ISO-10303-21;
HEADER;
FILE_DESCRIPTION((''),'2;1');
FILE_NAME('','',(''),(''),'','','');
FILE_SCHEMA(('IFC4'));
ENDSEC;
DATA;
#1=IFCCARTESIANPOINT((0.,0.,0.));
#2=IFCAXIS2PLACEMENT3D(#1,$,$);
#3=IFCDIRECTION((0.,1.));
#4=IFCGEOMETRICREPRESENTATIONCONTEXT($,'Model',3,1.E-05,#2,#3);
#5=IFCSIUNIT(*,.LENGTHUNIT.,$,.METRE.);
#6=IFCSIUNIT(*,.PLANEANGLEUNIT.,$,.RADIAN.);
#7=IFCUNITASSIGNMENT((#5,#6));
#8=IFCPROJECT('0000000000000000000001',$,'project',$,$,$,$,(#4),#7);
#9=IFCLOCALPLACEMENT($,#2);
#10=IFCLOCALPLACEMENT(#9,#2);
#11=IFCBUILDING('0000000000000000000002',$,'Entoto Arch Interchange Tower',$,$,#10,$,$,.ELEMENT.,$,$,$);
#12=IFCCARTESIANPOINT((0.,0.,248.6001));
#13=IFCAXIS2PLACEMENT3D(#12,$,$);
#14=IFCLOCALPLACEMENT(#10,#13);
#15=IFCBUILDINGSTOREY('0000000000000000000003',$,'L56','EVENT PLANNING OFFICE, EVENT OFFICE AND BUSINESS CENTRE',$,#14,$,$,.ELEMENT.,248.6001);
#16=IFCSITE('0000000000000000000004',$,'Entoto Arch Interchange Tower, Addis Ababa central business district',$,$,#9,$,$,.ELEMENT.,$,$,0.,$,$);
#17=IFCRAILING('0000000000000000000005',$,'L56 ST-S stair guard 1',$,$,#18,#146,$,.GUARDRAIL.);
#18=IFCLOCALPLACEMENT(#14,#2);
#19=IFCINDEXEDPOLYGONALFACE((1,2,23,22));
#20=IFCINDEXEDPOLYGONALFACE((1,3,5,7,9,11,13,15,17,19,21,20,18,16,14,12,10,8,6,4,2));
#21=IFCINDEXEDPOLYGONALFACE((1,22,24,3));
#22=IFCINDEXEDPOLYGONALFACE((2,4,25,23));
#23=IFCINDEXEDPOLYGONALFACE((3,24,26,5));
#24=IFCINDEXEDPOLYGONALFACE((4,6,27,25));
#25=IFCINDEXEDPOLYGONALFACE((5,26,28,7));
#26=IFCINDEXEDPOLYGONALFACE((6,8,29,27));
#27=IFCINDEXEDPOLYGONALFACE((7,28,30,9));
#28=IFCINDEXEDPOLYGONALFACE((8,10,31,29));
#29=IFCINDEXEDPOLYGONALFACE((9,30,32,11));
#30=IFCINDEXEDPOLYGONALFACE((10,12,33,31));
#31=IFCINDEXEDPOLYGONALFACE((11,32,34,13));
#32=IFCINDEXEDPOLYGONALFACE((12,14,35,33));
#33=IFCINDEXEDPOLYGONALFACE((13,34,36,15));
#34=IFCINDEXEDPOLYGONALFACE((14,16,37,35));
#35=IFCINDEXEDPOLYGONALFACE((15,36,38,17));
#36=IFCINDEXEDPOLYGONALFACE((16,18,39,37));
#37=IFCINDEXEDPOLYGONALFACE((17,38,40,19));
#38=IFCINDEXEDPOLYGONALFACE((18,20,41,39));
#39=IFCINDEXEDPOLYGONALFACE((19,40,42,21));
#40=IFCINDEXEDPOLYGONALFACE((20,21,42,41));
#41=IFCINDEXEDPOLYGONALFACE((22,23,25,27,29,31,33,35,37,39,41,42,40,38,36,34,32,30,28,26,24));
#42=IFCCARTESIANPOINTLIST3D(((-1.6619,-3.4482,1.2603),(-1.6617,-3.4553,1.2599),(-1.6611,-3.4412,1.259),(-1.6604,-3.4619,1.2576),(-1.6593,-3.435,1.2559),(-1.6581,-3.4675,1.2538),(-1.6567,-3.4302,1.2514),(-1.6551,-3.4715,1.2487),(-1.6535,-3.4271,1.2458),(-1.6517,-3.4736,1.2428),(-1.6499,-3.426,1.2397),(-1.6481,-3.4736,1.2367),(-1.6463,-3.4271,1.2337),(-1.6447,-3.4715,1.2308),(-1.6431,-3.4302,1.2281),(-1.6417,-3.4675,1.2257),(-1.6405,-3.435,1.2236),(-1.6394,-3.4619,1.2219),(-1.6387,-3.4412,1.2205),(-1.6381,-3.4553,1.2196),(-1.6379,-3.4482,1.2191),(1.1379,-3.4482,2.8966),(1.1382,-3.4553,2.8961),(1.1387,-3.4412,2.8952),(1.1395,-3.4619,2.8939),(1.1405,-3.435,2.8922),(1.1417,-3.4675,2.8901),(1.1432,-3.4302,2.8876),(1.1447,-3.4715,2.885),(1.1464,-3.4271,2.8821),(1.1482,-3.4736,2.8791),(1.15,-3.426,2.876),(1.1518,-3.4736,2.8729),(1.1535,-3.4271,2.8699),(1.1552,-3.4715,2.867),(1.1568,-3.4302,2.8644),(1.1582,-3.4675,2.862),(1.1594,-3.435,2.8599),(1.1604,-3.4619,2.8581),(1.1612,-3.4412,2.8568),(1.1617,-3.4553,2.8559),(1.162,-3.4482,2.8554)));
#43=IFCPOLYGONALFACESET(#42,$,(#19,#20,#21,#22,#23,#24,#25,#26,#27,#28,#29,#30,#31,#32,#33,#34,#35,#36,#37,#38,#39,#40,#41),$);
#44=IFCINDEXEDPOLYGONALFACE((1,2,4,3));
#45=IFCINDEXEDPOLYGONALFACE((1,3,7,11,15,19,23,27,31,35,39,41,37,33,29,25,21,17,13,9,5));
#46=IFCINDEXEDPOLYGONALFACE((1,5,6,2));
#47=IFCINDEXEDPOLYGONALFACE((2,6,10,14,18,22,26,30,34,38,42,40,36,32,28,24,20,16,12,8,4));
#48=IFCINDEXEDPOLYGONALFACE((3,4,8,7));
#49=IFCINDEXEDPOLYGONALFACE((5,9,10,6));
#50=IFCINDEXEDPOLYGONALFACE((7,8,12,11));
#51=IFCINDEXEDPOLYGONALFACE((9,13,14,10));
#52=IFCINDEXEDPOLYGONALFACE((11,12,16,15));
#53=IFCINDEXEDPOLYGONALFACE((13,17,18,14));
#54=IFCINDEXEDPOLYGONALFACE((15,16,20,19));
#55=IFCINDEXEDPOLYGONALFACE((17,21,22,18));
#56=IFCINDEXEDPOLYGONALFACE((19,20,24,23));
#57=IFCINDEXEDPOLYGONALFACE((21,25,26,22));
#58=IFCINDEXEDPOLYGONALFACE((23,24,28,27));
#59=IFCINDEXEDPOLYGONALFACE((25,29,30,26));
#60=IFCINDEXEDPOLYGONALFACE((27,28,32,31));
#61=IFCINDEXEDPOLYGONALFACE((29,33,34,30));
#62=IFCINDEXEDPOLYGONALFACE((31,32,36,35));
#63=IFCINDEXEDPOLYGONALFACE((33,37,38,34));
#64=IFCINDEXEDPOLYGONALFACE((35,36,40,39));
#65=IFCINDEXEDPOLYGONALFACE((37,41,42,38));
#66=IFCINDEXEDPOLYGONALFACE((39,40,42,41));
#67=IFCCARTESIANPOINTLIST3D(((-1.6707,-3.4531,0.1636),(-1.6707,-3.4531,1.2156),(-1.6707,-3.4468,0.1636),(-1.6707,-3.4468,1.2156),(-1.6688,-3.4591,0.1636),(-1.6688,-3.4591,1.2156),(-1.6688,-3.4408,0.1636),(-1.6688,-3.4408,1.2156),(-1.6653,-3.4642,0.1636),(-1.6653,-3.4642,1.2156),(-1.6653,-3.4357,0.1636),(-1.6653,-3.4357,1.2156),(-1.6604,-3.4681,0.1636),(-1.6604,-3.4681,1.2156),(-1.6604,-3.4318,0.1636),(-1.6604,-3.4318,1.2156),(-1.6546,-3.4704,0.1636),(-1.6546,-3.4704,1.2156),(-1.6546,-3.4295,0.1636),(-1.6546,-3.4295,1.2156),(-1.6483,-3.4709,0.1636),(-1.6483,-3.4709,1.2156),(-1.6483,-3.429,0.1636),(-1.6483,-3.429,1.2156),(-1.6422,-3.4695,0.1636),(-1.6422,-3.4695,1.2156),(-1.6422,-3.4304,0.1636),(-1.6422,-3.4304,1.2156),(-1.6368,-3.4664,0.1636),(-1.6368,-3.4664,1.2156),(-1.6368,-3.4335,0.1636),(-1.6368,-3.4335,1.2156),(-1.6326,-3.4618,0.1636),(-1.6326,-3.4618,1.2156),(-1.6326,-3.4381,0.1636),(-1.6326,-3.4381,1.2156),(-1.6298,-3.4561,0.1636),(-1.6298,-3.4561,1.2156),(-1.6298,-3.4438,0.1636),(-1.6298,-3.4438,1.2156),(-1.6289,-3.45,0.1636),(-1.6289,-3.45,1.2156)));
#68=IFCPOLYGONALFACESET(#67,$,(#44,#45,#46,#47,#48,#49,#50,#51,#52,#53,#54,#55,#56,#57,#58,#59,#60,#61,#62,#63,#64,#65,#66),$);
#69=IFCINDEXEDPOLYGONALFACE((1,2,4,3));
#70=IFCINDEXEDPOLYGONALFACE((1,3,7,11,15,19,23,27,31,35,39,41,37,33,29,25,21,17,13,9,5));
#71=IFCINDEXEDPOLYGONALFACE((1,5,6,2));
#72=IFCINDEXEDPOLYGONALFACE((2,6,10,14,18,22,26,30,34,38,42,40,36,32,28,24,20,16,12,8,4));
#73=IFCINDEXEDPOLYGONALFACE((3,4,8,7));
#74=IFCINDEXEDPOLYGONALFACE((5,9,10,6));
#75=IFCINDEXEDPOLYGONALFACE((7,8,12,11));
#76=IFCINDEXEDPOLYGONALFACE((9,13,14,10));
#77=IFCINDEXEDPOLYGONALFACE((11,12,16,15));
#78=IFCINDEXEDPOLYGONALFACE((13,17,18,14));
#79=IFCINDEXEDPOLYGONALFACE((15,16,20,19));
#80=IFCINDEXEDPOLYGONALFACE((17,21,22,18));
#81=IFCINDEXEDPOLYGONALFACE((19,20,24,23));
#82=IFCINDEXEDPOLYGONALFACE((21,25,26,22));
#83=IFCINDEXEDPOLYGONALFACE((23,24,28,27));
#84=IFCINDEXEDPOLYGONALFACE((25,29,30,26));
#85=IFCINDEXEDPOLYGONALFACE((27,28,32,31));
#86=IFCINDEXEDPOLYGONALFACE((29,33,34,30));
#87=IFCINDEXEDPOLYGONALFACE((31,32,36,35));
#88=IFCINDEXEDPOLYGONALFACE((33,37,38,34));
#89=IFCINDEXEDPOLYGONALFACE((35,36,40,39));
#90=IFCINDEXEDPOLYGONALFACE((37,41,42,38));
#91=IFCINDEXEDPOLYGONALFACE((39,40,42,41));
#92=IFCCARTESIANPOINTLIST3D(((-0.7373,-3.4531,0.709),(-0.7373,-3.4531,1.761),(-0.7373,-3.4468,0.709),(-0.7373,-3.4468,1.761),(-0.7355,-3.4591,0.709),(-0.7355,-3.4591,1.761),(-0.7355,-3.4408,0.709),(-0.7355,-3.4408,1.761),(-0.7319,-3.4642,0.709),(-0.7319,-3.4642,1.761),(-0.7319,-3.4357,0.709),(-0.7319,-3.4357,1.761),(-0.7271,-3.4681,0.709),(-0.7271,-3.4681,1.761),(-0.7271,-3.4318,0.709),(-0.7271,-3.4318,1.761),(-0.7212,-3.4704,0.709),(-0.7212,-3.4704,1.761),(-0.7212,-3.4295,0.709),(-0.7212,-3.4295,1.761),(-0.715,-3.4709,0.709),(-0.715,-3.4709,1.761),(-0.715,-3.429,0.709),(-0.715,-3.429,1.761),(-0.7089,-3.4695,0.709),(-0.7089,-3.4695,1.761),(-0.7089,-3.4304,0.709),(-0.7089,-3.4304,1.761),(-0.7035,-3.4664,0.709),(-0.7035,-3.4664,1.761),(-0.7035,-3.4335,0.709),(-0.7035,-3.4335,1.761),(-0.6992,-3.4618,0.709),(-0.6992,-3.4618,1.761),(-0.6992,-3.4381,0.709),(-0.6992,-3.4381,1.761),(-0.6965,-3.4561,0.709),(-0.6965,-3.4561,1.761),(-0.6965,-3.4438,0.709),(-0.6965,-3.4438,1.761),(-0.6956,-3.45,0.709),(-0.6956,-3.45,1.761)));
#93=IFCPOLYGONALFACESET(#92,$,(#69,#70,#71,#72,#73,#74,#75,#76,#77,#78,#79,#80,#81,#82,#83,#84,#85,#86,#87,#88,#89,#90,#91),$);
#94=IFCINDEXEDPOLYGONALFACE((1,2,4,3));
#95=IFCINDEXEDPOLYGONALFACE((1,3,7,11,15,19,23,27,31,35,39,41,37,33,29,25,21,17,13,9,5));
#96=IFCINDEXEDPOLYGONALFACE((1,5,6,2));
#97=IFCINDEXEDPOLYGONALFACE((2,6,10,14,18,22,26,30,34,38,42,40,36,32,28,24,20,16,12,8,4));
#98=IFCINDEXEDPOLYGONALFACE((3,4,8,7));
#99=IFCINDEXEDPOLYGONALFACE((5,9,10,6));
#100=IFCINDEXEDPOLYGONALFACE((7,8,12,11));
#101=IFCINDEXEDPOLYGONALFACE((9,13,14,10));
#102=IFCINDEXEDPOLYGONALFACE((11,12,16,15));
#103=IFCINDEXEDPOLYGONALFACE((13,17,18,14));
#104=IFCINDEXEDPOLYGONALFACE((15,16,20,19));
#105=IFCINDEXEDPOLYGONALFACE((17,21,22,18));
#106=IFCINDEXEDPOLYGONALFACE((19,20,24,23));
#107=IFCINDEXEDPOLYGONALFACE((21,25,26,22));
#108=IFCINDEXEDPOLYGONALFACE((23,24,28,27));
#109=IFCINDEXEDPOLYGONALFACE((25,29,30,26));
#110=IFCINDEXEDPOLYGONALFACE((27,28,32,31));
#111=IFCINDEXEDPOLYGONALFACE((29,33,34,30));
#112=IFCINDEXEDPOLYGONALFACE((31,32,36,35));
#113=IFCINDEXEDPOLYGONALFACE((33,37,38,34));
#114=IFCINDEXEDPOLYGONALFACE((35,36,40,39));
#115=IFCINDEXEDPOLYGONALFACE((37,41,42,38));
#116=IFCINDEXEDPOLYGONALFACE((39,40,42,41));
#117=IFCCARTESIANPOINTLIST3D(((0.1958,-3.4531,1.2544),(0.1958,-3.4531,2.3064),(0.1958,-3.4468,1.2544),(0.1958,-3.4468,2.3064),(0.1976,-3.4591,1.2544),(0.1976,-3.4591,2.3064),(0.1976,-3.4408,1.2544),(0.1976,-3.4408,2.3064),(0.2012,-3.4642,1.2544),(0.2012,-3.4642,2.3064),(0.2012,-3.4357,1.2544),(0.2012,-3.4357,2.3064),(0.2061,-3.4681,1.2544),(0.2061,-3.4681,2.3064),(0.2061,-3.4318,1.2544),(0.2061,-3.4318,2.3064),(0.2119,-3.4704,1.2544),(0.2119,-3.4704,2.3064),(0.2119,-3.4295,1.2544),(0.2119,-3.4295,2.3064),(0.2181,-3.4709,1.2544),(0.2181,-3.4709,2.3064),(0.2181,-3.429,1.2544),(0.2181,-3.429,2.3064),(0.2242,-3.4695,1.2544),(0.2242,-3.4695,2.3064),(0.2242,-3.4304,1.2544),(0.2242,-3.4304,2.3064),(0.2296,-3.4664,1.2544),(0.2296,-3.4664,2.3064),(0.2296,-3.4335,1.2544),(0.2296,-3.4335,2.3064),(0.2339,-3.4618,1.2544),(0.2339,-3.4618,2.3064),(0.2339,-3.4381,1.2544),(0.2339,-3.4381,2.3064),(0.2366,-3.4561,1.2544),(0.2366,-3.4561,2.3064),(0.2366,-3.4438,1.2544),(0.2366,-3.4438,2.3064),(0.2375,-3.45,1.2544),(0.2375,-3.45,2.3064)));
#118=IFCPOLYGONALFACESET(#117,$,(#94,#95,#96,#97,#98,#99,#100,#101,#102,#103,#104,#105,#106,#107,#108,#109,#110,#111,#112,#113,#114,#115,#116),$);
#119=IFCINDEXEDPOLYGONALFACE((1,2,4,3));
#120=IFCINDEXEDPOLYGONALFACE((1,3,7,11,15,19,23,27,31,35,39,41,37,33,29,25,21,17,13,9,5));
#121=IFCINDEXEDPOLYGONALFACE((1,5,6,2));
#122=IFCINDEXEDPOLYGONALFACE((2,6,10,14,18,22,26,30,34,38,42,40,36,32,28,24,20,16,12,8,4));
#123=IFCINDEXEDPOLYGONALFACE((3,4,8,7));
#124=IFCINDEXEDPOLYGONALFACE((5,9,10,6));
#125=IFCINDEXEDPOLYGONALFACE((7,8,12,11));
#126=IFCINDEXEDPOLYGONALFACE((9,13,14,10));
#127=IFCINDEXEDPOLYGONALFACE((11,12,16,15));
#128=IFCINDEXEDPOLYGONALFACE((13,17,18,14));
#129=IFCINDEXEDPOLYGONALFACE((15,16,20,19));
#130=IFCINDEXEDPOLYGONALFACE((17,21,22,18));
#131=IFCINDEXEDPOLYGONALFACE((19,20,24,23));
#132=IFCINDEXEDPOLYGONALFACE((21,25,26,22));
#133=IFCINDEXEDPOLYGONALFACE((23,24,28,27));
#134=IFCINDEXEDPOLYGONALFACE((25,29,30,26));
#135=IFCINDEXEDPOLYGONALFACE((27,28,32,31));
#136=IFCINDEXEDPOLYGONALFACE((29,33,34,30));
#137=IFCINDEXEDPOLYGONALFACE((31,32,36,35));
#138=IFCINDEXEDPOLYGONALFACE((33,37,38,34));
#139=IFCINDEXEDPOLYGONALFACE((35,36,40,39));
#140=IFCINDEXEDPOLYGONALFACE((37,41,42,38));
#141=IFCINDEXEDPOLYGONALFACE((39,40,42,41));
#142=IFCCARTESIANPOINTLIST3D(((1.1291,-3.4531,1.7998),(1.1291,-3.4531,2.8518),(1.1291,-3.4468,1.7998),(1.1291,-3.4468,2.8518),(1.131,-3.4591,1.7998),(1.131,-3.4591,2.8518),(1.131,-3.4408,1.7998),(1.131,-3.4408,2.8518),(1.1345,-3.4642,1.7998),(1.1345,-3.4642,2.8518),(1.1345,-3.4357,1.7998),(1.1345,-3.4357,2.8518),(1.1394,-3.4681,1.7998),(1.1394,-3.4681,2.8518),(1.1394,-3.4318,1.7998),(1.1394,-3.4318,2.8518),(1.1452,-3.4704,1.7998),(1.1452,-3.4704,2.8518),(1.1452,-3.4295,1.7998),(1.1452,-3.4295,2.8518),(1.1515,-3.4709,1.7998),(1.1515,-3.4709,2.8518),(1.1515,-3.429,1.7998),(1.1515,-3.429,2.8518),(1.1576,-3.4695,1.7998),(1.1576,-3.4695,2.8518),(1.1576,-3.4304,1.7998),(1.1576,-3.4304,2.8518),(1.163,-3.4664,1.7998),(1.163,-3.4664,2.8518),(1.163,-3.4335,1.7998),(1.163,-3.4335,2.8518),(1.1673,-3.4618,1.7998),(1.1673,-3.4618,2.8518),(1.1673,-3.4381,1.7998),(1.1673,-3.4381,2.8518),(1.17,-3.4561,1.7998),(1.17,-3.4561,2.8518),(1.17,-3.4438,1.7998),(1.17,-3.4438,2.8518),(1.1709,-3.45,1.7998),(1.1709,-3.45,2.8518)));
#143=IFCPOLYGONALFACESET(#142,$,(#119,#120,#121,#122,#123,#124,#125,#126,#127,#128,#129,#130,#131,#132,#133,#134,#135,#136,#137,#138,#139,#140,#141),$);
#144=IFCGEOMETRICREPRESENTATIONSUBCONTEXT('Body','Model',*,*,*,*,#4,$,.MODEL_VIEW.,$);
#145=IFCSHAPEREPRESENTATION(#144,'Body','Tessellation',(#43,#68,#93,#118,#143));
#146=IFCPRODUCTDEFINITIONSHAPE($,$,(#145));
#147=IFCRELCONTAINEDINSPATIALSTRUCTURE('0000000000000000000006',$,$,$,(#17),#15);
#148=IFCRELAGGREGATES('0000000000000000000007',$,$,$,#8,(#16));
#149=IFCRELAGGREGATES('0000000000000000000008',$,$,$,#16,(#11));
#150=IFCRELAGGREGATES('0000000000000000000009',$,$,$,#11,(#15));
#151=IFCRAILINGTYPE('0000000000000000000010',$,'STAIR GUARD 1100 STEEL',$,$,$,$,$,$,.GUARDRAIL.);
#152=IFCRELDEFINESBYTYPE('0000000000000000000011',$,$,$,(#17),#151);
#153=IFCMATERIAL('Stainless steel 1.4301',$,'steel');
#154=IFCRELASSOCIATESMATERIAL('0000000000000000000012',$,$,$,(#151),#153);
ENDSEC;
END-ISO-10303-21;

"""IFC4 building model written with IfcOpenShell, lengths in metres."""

from ifc_helpers import new_model, si_unit, direction, frame, origin, origin_2d, place, context, subcontext, project, spatial, circle, extrude, material, type_object, element, save


model = new_model("IFC4")

# Units and contexts
model_context = context("Model", 3, precision=1e-05, world=origin(), true_north=direction((0.0, 1.0)))
body_context = subcontext(model_context, "Body", "Model", "MODEL_VIEW")
ifc_project = project(units=[si_unit("LENGTHUNIT", "METRE"), si_unit("PLANEANGLEUNIT", "RADIAN")], contexts=[model_context])

# Site, building, storey
site_placement = place(None, origin())
site = spatial("IfcSite", under=ifc_project, at=site_placement, Name="Entoto Arch Interchange Tower, Addis Ababa central business district", CompositionType="ELEMENT", RefElevation=0.0)
building_placement = place(site_placement, origin())
building = spatial("IfcBuilding", under=site, at=building_placement, Name="Entoto Arch Interchange Tower", CompositionType="ELEMENT")
storey_placement = place(building_placement, frame((0.0, 0.0, 248.6001)))
storey = spatial("IfcBuildingStorey", under=building, at=storey_placement, Name="L56", Description="EVENT PLANNING OFFICE, EVENT OFFICE AND BUSINESS CENTRE", CompositionType="ELEMENT", Elevation=248.6001)

# Railing
ifc_material_1 = material(Name="Stainless steel 1.4301", Category="steel")
railing_type_1 = type_object("IfcRailingType", Name="STAIR GUARD 1100 STEEL", PredefinedType="GUARDRAIL", material=ifc_material_1)
railing_1_placement = place(storey_placement, frame((-1.6499, -3.45, 0.1636)))
element("IfcRailing", 1, at=railing_1_placement, inside=storey, type_object=railing_type_1, Name="L56 ST-S stair guard 1", PredefinedType="GUARDRAIL", context=body_context, shape_type="SweptSolid", body=[
    extrude(circle(Radius=0.0239, at=origin_2d()), frame((0.0, 0.0, 1.0762), z_axis=(0.863374, 0.0, 0.504564), x_axis=(0.0, 1.0, 0.0)), (0.0, 0.0, 1.0), 3.2429),
    extrude(circle(Radius=0.021, at=origin_2d()), origin(), (0.0, 0.0, 1.0), 1.052),
    extrude(circle(Radius=0.021, at=origin_2d()), frame((0.9333, 0.0, 0.5454)), (0.0, 0.0, 1.0), 1.052),
    extrude(circle(Radius=0.021, at=origin_2d()), frame((1.8665, 0.0, 1.0908)), (0.0, 0.0, 1.0), 1.052),
    extrude(circle(Radius=0.021, at=origin_2d()), frame((2.7998, 0.0, 1.6362)), (0.0, 0.0, 1.0), 1.052),
])

save(model, "model.ifc")
